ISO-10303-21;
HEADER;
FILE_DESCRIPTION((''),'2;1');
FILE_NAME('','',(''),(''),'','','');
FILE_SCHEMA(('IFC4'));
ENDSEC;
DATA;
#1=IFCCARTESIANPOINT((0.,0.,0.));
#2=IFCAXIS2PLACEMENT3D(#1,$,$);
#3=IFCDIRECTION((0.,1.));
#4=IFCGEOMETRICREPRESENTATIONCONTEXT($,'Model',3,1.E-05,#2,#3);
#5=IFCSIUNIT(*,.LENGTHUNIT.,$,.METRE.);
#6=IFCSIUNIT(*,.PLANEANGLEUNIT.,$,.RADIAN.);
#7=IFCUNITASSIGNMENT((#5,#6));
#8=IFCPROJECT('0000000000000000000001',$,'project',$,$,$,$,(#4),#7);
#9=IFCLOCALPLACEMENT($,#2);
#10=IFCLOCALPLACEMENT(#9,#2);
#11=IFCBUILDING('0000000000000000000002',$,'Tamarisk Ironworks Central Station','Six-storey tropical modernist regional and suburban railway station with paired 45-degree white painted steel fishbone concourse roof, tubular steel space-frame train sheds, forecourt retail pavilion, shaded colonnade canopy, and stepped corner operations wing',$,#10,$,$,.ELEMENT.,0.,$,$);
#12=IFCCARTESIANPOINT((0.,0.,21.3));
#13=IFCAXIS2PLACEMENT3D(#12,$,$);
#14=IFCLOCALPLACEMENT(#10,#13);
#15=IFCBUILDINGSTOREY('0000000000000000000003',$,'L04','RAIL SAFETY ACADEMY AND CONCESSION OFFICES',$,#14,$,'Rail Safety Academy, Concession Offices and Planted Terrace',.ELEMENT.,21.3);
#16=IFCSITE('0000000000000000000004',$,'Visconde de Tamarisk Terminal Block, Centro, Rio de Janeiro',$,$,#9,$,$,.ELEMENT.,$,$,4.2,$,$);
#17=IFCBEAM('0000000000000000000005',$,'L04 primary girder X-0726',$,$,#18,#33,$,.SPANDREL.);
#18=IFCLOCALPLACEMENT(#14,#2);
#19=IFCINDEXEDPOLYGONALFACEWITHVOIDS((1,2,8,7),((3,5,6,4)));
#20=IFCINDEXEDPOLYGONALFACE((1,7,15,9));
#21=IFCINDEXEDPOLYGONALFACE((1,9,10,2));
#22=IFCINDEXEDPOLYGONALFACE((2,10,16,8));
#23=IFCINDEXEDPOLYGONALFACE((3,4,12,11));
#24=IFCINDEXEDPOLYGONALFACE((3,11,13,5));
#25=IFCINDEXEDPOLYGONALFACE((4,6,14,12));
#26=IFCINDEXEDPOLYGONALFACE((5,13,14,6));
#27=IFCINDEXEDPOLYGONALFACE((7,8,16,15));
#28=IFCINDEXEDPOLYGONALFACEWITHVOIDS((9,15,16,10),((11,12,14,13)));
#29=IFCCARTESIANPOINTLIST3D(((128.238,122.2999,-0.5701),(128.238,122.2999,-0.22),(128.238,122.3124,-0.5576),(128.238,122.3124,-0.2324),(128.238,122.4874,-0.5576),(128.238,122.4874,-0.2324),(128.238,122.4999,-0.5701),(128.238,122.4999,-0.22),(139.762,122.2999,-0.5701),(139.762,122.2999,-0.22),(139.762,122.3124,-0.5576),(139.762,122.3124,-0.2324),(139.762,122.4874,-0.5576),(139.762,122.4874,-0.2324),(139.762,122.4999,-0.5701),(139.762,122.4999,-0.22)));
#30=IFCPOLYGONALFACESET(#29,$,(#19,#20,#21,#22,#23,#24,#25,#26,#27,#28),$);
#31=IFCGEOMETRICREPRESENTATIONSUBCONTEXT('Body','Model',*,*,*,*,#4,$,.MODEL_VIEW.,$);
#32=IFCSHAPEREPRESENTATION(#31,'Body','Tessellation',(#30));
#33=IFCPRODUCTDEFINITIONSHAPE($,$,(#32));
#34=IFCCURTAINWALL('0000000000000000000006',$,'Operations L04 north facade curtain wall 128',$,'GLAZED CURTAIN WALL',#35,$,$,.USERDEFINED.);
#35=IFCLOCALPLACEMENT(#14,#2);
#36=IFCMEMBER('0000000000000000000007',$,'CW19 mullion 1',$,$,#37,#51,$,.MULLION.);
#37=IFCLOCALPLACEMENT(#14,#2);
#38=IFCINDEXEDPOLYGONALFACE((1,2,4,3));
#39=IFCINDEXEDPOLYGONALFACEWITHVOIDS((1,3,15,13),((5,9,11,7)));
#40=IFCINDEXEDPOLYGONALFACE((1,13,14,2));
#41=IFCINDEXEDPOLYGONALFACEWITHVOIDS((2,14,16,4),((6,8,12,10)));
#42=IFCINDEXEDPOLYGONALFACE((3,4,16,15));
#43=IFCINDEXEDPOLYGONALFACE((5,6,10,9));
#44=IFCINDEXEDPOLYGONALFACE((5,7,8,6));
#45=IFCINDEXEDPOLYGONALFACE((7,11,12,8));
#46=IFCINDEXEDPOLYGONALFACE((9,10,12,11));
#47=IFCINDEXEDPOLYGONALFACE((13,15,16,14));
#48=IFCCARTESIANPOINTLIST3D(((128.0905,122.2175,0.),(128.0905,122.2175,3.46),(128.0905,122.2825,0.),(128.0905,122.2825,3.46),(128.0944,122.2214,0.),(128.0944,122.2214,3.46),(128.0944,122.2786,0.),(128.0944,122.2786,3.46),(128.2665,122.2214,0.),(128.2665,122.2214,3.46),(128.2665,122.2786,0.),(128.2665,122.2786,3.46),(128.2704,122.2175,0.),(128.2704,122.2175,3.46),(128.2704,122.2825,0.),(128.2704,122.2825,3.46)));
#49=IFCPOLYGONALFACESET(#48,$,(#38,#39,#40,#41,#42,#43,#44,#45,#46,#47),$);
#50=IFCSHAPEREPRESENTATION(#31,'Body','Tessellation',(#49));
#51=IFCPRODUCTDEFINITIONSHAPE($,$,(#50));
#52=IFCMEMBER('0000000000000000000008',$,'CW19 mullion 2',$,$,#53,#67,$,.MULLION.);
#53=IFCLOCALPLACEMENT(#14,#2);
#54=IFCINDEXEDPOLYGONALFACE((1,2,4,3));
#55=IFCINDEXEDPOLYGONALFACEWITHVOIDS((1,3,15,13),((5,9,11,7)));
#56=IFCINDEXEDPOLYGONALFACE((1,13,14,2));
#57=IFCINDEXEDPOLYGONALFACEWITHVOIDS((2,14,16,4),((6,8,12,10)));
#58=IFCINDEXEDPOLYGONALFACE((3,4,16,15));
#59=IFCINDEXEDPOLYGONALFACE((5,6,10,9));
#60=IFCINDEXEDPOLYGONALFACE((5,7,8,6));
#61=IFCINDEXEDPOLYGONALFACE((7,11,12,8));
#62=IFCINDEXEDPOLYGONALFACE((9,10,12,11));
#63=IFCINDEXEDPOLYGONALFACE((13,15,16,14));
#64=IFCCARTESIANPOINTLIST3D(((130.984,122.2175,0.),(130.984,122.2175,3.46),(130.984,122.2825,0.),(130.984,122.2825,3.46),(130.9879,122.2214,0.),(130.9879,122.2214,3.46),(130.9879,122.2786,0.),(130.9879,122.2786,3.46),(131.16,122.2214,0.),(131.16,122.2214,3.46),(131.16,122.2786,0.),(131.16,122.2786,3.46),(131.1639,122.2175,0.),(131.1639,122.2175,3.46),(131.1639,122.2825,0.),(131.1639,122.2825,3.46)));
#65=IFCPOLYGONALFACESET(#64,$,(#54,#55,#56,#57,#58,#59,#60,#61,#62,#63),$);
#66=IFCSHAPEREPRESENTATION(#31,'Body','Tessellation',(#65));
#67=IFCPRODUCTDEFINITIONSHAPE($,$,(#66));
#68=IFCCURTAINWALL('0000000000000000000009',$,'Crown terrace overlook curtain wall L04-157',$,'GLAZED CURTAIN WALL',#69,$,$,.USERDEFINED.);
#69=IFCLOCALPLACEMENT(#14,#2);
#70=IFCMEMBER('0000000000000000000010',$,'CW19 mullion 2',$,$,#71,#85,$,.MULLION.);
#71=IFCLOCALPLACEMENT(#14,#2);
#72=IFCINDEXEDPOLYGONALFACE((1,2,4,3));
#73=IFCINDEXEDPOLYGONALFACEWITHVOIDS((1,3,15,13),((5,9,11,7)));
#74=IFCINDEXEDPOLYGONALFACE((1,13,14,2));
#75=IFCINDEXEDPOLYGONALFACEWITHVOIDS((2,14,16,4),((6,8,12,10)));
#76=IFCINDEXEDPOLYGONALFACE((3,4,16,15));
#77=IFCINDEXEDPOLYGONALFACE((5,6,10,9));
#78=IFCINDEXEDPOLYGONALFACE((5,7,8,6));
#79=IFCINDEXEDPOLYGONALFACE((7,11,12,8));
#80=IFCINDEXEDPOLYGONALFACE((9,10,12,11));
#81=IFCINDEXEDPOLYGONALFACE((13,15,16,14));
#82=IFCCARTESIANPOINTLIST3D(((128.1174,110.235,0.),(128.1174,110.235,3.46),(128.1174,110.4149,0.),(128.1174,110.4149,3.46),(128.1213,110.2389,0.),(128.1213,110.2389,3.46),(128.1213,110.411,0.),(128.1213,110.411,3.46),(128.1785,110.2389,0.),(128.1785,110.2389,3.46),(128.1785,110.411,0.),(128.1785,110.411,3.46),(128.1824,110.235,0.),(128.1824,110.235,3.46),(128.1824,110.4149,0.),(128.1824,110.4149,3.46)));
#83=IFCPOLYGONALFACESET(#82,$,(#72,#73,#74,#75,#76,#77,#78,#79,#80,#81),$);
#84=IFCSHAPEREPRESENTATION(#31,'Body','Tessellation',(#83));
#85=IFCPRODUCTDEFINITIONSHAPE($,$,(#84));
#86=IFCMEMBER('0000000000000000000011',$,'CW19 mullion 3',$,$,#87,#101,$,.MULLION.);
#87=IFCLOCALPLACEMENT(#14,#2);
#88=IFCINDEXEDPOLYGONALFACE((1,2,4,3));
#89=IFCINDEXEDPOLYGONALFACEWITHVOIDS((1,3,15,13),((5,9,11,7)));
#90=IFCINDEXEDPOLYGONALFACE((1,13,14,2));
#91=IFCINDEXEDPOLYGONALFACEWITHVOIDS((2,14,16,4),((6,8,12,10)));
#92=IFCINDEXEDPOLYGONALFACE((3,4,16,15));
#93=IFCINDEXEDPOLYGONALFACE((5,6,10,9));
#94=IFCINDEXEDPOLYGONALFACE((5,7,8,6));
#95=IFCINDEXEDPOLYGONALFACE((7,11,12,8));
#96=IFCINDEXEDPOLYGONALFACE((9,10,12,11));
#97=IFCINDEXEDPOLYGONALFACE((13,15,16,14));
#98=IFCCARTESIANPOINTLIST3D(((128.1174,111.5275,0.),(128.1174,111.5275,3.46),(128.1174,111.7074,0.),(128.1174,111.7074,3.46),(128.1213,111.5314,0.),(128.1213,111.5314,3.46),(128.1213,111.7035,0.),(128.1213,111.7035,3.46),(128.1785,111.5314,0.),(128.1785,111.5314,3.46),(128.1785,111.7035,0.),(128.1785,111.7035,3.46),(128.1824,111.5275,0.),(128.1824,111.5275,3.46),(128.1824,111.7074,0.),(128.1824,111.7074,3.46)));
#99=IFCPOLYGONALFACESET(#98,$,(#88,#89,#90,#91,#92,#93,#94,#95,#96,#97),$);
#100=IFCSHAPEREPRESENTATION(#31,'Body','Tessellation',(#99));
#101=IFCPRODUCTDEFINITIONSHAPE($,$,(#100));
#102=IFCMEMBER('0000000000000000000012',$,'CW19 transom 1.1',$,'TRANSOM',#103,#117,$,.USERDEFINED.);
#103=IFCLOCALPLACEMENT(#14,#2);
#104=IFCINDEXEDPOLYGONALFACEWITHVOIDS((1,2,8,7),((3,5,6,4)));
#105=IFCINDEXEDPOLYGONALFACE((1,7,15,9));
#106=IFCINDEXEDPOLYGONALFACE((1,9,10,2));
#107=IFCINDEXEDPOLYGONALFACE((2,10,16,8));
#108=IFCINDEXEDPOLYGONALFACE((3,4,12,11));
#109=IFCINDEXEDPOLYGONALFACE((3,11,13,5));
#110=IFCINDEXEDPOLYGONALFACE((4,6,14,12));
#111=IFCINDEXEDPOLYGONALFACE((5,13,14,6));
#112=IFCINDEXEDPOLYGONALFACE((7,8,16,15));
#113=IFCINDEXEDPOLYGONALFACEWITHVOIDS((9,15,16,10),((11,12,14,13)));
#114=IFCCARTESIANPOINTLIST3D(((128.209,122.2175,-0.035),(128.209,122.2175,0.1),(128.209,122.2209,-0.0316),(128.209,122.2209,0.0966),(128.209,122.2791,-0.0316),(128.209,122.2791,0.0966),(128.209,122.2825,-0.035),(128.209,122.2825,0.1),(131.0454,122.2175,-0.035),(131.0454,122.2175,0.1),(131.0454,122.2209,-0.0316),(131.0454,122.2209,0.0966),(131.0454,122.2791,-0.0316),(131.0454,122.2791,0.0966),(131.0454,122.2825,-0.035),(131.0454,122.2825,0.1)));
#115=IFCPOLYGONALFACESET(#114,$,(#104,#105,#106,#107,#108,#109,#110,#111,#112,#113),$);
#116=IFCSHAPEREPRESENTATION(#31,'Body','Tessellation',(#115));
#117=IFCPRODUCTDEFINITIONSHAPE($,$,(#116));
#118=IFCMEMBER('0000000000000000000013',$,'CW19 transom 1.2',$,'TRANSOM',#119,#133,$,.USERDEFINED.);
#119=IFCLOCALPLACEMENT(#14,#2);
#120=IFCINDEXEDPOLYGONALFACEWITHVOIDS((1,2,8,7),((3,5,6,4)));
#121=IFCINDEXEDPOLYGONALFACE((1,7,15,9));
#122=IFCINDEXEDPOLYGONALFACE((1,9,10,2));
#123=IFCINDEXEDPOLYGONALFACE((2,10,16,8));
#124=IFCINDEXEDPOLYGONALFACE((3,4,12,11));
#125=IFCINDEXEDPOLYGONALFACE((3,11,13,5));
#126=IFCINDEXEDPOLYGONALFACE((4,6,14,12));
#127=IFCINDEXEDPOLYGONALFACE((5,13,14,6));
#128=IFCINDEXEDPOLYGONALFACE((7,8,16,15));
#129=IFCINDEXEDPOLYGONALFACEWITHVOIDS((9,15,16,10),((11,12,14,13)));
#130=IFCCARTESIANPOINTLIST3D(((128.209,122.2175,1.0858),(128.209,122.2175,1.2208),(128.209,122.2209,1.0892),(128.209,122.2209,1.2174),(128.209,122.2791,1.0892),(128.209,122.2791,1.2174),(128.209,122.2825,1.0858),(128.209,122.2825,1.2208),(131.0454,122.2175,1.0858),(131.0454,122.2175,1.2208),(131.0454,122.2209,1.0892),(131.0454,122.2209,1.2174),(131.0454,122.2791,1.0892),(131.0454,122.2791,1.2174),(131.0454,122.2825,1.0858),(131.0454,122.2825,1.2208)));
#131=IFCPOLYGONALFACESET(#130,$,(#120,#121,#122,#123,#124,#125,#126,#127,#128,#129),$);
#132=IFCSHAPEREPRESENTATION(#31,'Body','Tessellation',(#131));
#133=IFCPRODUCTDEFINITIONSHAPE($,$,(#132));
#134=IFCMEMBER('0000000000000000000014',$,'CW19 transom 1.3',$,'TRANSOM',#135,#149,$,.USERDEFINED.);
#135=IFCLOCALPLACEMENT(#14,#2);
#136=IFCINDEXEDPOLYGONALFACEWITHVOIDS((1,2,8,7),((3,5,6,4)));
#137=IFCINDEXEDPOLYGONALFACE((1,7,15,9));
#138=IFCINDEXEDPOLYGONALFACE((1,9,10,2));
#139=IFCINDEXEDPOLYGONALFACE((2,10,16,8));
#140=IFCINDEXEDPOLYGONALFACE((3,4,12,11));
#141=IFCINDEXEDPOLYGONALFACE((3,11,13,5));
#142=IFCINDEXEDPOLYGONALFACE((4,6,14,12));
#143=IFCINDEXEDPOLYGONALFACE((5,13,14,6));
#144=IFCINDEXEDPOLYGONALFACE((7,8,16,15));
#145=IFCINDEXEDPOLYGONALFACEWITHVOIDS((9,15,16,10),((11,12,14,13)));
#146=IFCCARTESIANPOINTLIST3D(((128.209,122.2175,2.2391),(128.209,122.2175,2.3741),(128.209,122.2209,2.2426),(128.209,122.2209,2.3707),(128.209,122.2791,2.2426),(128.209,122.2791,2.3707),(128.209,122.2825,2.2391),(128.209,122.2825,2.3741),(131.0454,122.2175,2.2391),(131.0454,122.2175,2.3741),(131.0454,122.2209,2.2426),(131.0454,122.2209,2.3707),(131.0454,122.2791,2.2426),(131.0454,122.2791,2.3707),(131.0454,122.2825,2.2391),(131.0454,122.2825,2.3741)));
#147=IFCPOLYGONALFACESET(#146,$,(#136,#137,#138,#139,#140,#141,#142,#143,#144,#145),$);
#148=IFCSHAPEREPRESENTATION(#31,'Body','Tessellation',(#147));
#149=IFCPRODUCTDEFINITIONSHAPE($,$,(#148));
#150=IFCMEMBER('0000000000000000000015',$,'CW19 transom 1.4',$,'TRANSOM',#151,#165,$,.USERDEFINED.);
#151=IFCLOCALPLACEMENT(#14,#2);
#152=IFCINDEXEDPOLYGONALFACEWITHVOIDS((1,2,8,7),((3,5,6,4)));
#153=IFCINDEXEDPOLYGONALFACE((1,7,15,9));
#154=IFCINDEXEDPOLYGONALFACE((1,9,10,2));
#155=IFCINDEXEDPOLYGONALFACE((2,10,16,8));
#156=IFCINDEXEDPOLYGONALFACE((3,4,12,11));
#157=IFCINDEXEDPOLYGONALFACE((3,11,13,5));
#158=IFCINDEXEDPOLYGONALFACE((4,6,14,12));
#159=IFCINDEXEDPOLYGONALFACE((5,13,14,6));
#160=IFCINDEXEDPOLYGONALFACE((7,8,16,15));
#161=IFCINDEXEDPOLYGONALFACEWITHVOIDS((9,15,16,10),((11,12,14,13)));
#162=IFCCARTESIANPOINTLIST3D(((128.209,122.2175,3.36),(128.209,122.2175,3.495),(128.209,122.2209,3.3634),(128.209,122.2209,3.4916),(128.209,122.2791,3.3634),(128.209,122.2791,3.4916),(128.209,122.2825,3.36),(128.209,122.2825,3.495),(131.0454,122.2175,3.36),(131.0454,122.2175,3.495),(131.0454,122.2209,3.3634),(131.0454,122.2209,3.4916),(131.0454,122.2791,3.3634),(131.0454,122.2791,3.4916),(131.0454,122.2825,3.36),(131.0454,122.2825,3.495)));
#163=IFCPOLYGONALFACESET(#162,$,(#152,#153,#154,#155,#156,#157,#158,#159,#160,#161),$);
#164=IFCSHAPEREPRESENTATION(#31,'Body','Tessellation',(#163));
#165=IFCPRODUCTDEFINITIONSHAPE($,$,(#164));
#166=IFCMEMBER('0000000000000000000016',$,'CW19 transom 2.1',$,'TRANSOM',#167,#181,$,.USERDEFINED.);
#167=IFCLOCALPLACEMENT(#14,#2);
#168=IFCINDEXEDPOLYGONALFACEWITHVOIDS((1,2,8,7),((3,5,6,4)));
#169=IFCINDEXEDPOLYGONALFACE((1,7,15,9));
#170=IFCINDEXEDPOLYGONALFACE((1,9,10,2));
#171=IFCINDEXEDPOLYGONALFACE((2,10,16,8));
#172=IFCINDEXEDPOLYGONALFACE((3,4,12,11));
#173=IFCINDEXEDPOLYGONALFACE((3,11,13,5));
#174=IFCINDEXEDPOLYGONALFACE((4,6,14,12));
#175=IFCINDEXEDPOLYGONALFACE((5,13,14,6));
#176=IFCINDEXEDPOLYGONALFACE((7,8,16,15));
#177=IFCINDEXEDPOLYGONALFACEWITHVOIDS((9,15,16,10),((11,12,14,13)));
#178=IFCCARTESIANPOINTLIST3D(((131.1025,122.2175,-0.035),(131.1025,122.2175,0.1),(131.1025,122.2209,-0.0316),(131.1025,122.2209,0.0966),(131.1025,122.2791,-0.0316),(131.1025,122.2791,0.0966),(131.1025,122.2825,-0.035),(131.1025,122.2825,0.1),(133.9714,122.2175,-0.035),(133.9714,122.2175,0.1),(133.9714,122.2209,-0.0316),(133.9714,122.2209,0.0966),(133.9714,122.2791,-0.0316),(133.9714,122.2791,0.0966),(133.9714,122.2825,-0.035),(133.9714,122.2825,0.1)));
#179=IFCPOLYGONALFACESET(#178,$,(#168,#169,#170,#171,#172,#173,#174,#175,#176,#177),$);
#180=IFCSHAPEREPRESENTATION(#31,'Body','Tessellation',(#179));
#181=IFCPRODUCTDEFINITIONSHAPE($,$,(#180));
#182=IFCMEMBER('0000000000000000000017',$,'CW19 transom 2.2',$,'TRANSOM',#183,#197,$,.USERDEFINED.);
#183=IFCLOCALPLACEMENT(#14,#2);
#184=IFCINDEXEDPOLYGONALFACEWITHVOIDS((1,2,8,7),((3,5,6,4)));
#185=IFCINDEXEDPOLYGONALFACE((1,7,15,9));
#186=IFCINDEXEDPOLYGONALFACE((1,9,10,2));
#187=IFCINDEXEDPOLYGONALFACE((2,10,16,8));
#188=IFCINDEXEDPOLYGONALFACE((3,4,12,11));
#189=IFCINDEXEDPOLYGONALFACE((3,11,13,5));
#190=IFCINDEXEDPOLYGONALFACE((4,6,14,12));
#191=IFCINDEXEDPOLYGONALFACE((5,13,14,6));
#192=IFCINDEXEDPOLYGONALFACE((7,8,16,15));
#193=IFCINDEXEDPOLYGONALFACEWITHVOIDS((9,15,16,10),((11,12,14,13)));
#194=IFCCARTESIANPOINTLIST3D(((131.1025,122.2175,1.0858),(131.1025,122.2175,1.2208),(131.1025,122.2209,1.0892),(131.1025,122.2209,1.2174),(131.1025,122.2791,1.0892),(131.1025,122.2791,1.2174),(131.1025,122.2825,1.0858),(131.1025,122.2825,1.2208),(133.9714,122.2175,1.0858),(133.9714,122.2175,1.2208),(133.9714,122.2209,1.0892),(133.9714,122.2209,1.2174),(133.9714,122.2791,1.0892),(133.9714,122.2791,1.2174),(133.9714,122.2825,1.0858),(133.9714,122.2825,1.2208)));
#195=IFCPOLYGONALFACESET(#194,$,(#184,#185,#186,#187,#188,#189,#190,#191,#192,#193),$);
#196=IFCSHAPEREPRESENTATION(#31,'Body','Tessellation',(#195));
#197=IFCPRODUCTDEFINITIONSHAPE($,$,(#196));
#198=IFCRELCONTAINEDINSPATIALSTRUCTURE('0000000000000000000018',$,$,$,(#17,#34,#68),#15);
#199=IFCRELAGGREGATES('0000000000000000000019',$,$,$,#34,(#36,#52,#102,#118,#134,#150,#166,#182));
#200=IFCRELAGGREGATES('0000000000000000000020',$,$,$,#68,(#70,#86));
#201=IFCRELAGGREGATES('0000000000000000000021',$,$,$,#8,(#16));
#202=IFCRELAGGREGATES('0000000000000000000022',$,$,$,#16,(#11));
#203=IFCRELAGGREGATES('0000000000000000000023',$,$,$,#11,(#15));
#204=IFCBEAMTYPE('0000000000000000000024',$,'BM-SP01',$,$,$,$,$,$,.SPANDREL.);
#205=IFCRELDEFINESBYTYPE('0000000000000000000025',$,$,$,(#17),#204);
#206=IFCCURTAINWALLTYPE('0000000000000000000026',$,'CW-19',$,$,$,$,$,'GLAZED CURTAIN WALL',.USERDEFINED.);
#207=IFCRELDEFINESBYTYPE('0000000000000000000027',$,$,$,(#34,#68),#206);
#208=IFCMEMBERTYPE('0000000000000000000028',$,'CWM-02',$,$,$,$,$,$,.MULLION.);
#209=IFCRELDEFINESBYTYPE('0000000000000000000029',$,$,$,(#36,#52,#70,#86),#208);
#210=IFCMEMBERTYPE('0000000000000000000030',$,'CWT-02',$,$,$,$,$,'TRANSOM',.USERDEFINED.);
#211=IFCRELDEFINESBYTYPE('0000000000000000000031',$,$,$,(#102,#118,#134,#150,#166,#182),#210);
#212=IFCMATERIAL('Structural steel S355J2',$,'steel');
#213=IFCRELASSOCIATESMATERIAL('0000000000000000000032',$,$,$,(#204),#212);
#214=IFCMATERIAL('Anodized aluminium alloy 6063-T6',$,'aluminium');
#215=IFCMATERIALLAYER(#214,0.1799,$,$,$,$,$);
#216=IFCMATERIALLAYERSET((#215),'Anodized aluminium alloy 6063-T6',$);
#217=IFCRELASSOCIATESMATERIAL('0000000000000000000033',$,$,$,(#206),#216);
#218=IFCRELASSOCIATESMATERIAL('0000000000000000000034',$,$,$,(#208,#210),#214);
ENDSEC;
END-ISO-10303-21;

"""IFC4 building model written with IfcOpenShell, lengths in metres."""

from ifc_helpers import new_model, si_unit, direction, frame, origin, origin_2d, place, context, subcontext, project, spatial, hollow_rectangle, extrude, material, layer, layer_set, material_profile, profile_set, type_object, element, aggregate, save


model = new_model("IFC4")

# Units and contexts
model_context = context("Model", 3, precision=1e-05, world=origin(), true_north=direction((0.0, 1.0)))
body_context = subcontext(model_context, "Body", "Model", "MODEL_VIEW")
ifc_project = project(units=[si_unit("LENGTHUNIT", "METRE"), si_unit("PLANEANGLEUNIT", "RADIAN")], contexts=[model_context])

# Site, building, storey
site_placement = place(None, origin())
site = spatial("IfcSite", under=ifc_project, at=site_placement, Name="Visconde de Tamarisk Terminal Block, Centro, Rio de Janeiro", CompositionType="ELEMENT", RefElevation=4.2)
building_placement = place(site_placement, origin())
building = spatial("IfcBuilding", under=site, at=building_placement, Name="Tamarisk Ironworks Central Station", Description="Six-storey tropical modernist regional and suburban railway station with paired 45-degree white painted steel fishbone concourse roof, tubular steel space-frame train sheds, forecourt retail pavilion, shaded colonnade canopy, and stepped corner operations wing", CompositionType="ELEMENT", ElevationOfRefHeight=0.0)
storey_placement = place(building_placement, frame((0.0, 0.0, 21.3)))
storey = spatial("IfcBuildingStorey", under=building, at=storey_placement, Name="L04", Description="RAIL SAFETY ACADEMY AND CONCESSION OFFICES", LongName="Rail Safety Academy, Concession Offices and Planted Terrace", CompositionType="ELEMENT", Elevation=21.3)

# Beam
ifc_material_1 = material(Name="Structural steel S355J2", Category="steel")
ifc_material_profile_1 = material_profile(ifc_material_1, hollow_rectangle(XDim=0.2, YDim=0.3501, WallThickness=0.0125, at=origin_2d()), Name="RHS 350x200x12.5")
ifc_profile_set_1 = profile_set([ifc_material_profile_1], Name="Structural steel S355J2")
beam_type = type_object("IfcBeamType", Name="BM-SP01", PredefinedType="SPANDREL", material=ifc_profile_set_1)
beam_placement = place(storey_placement, frame((128.238, 122.3999, -0.395), z_axis=(1.0, 0.0, 0.0), x_axis=(0.0, 1.0, 0.0)))
element("IfcBeam", 1, at=beam_placement, inside=storey, type_object=beam_type, Name="L04 primary girder X-0726", PredefinedType="SPANDREL", context=body_context, shape_type="SweptSolid", body=[
    extrude(hollow_rectangle(XDim=0.2, YDim=0.3501, WallThickness=0.0125, at=origin_2d()), origin(), (0.0, 0.0, 1.0), 11.5239),
])

# Curtain walls, members
ifc_material_2 = material(Name="Anodized aluminium alloy 6063-T6", Category="aluminium")
ifc_layer_1 = layer(ifc_material_2, 0.1799)
ifc_layer_set_1 = layer_set([ifc_layer_1], Name="Anodized aluminium alloy 6063-T6")
curtain_wall_type = type_object("IfcCurtainWallType", Name="CW-19", ElementType="GLAZED CURTAIN WALL", PredefinedType="USERDEFINED", material=ifc_layer_set_1)
curtain_wall_1_placement = place(storey_placement, origin())
curtain_wall_1 = element("IfcCurtainWall", 2, at=curtain_wall_1_placement, inside=storey, type_object=curtain_wall_type, Name="Operations L04 north facade curtain wall 128", ObjectType="GLAZED CURTAIN WALL", PredefinedType="USERDEFINED")
ifc_material_profile_2 = material_profile(ifc_material_2, hollow_rectangle(XDim=0.0649, YDim=0.1799, WallThickness=0.0039, at=origin_2d()), Name="ALUM 180x65")
ifc_profile_set_2 = profile_set([ifc_material_profile_2], Name="Anodized aluminium alloy 6063-T6")
member_type_1 = type_object("IfcMemberType", Name="CWM-02", PredefinedType="MULLION", material=ifc_profile_set_2)
member_1_placement = place(storey_placement, frame((128.1804, 122.25, 0.0), z_axis=(0.0, 0.0, 1.0), x_axis=(0.0, 1.0, 0.0)))
member_1 = element("IfcMember", 3, at=member_1_placement, type_object=member_type_1, Name="CW19 mullion 1", PredefinedType="MULLION", context=body_context, shape_type="SweptSolid", body=[
    extrude(hollow_rectangle(XDim=0.0649, YDim=0.1799, WallThickness=0.0039, at=origin_2d()), origin(), (0.0, 0.0, 1.0), 3.46),
])
member_2_placement = place(storey_placement, frame((131.074, 122.25, 0.0), z_axis=(0.0, 0.0, 1.0), x_axis=(0.0, 1.0, 0.0)))
member_2 = element("IfcMember", 4, at=member_2_placement, type_object=member_type_1, Name="CW19 mullion 2", PredefinedType="MULLION", context=body_context, shape_type="SweptSolid", body=[
    extrude(hollow_rectangle(XDim=0.0649, YDim=0.1799, WallThickness=0.0039, at=origin_2d()), origin(), (0.0, 0.0, 1.0), 3.46),
])
curtain_wall_2_placement = place(storey_placement, origin())
curtain_wall_2 = element("IfcCurtainWall", 5, at=curtain_wall_2_placement, inside=storey, type_object=curtain_wall_type, Name="Crown terrace overlook curtain wall L04-157", ObjectType="GLAZED CURTAIN WALL", PredefinedType="USERDEFINED")
member_3_placement = place(storey_placement, frame((128.1499, 110.325, 0.0), z_axis=(0.0, 0.0, 1.0), x_axis=(-1.0, 0.0, 0.0)))
member_3 = element("IfcMember", 6, at=member_3_placement, type_object=member_type_1, Name="CW19 mullion 2", PredefinedType="MULLION", context=body_context, shape_type="SweptSolid", body=[
    extrude(hollow_rectangle(XDim=0.0649, YDim=0.1799, WallThickness=0.0039, at=origin_2d()), origin(), (0.0, 0.0, 1.0), 3.46),
])
member_4_placement = place(storey_placement, frame((128.1499, 111.6174, 0.0), z_axis=(0.0, 0.0, 1.0), x_axis=(-1.0, 0.0, 0.0)))
member_4 = element("IfcMember", 7, at=member_4_placement, type_object=member_type_1, Name="CW19 mullion 3", PredefinedType="MULLION", context=body_context, shape_type="SweptSolid", body=[
    extrude(hollow_rectangle(XDim=0.0649, YDim=0.1799, WallThickness=0.0039, at=origin_2d()), origin(), (0.0, 0.0, 1.0), 3.46),
])

# Members
ifc_material_profile_3 = material_profile(ifc_material_2, hollow_rectangle(XDim=0.0649, YDim=0.135, WallThickness=0.0034, at=origin_2d()), Name="ALUM 135x65")
ifc_profile_set_3 = profile_set([ifc_material_profile_3], Name="Anodized aluminium alloy 6063-T6")
member_type_2 = type_object("IfcMemberType", Name="CWT-02", ElementType="TRANSOM", PredefinedType="USERDEFINED", material=ifc_profile_set_3)
member_5_placement = place(storey_placement, frame((128.209, 122.25, 0.0325), z_axis=(1.0, 0.0, 0.0), x_axis=(0.0, 1.0, 0.0)))
member_5 = element("IfcMember", 8, at=member_5_placement, type_object=member_type_2, Name="CW19 transom 1.1", ObjectType="TRANSOM", PredefinedType="USERDEFINED", context=body_context, shape_type="SweptSolid", body=[
    extrude(hollow_rectangle(XDim=0.0649, YDim=0.135, WallThickness=0.0034, at=origin_2d()), origin(), (0.0, 0.0, 1.0), 2.8364),
])
member_6_placement = place(storey_placement, frame((128.209, 122.25, 1.1533), z_axis=(1.0, 0.0, 0.0), x_axis=(0.0, 1.0, 0.0)))
member_6 = element("IfcMember", 9, at=member_6_placement, type_object=member_type_2, Name="CW19 transom 1.2", ObjectType="TRANSOM", PredefinedType="USERDEFINED", context=body_context, shape_type="SweptSolid", body=[
    extrude(hollow_rectangle(XDim=0.0649, YDim=0.135, WallThickness=0.0034, at=origin_2d()), origin(), (0.0, 0.0, 1.0), 2.8364),
])
member_7_placement = place(storey_placement, frame((128.209, 122.25, 2.3066), z_axis=(1.0, 0.0, 0.0), x_axis=(0.0, 1.0, 0.0)))
member_7 = element("IfcMember", 10, at=member_7_placement, type_object=member_type_2, Name="CW19 transom 1.3", ObjectType="TRANSOM", PredefinedType="USERDEFINED", context=body_context, shape_type="SweptSolid", body=[
    extrude(hollow_rectangle(XDim=0.0649, YDim=0.135, WallThickness=0.0034, at=origin_2d()), origin(), (0.0, 0.0, 1.0), 2.8364),
])
member_8_placement = place(storey_placement, frame((128.209, 122.25, 3.4275), z_axis=(1.0, 0.0, 0.0), x_axis=(0.0, 1.0, 0.0)))
member_8 = element("IfcMember", 11, at=member_8_placement, type_object=member_type_2, Name="CW19 transom 1.4", ObjectType="TRANSOM", PredefinedType="USERDEFINED", context=body_context, shape_type="SweptSolid", body=[
    extrude(hollow_rectangle(XDim=0.0649, YDim=0.135, WallThickness=0.0034, at=origin_2d()), origin(), (0.0, 0.0, 1.0), 2.8364),
])
member_9_placement = place(storey_placement, frame((131.1025, 122.25, 0.0325), z_axis=(1.0, 0.0, 0.0), x_axis=(0.0, 1.0, 0.0)))
member_9 = element("IfcMember", 12, at=member_9_placement, type_object=member_type_2, Name="CW19 transom 2.1", ObjectType="TRANSOM", PredefinedType="USERDEFINED", context=body_context, shape_type="SweptSolid", body=[
    extrude(hollow_rectangle(XDim=0.0649, YDim=0.135, WallThickness=0.0034, at=origin_2d()), origin(), (0.0, 0.0, 1.0), 2.8689),
])
member_10_placement = place(storey_placement, frame((131.1025, 122.25, 1.1533), z_axis=(1.0, 0.0, 0.0), x_axis=(0.0, 1.0, 0.0)))
member_10 = element("IfcMember", 13, at=member_10_placement, type_object=member_type_2, Name="CW19 transom 2.2", ObjectType="TRANSOM", PredefinedType="USERDEFINED", context=body_context, shape_type="SweptSolid", body=[
    extrude(hollow_rectangle(XDim=0.0649, YDim=0.135, WallThickness=0.0034, at=origin_2d()), origin(), (0.0, 0.0, 1.0), 2.8689),
])

aggregate(curtain_wall_1, [member_1, member_2, member_5, member_6, member_7, member_8, member_9, member_10])
aggregate(curtain_wall_2, [member_3, member_4])

save(model, "model.ifc")
